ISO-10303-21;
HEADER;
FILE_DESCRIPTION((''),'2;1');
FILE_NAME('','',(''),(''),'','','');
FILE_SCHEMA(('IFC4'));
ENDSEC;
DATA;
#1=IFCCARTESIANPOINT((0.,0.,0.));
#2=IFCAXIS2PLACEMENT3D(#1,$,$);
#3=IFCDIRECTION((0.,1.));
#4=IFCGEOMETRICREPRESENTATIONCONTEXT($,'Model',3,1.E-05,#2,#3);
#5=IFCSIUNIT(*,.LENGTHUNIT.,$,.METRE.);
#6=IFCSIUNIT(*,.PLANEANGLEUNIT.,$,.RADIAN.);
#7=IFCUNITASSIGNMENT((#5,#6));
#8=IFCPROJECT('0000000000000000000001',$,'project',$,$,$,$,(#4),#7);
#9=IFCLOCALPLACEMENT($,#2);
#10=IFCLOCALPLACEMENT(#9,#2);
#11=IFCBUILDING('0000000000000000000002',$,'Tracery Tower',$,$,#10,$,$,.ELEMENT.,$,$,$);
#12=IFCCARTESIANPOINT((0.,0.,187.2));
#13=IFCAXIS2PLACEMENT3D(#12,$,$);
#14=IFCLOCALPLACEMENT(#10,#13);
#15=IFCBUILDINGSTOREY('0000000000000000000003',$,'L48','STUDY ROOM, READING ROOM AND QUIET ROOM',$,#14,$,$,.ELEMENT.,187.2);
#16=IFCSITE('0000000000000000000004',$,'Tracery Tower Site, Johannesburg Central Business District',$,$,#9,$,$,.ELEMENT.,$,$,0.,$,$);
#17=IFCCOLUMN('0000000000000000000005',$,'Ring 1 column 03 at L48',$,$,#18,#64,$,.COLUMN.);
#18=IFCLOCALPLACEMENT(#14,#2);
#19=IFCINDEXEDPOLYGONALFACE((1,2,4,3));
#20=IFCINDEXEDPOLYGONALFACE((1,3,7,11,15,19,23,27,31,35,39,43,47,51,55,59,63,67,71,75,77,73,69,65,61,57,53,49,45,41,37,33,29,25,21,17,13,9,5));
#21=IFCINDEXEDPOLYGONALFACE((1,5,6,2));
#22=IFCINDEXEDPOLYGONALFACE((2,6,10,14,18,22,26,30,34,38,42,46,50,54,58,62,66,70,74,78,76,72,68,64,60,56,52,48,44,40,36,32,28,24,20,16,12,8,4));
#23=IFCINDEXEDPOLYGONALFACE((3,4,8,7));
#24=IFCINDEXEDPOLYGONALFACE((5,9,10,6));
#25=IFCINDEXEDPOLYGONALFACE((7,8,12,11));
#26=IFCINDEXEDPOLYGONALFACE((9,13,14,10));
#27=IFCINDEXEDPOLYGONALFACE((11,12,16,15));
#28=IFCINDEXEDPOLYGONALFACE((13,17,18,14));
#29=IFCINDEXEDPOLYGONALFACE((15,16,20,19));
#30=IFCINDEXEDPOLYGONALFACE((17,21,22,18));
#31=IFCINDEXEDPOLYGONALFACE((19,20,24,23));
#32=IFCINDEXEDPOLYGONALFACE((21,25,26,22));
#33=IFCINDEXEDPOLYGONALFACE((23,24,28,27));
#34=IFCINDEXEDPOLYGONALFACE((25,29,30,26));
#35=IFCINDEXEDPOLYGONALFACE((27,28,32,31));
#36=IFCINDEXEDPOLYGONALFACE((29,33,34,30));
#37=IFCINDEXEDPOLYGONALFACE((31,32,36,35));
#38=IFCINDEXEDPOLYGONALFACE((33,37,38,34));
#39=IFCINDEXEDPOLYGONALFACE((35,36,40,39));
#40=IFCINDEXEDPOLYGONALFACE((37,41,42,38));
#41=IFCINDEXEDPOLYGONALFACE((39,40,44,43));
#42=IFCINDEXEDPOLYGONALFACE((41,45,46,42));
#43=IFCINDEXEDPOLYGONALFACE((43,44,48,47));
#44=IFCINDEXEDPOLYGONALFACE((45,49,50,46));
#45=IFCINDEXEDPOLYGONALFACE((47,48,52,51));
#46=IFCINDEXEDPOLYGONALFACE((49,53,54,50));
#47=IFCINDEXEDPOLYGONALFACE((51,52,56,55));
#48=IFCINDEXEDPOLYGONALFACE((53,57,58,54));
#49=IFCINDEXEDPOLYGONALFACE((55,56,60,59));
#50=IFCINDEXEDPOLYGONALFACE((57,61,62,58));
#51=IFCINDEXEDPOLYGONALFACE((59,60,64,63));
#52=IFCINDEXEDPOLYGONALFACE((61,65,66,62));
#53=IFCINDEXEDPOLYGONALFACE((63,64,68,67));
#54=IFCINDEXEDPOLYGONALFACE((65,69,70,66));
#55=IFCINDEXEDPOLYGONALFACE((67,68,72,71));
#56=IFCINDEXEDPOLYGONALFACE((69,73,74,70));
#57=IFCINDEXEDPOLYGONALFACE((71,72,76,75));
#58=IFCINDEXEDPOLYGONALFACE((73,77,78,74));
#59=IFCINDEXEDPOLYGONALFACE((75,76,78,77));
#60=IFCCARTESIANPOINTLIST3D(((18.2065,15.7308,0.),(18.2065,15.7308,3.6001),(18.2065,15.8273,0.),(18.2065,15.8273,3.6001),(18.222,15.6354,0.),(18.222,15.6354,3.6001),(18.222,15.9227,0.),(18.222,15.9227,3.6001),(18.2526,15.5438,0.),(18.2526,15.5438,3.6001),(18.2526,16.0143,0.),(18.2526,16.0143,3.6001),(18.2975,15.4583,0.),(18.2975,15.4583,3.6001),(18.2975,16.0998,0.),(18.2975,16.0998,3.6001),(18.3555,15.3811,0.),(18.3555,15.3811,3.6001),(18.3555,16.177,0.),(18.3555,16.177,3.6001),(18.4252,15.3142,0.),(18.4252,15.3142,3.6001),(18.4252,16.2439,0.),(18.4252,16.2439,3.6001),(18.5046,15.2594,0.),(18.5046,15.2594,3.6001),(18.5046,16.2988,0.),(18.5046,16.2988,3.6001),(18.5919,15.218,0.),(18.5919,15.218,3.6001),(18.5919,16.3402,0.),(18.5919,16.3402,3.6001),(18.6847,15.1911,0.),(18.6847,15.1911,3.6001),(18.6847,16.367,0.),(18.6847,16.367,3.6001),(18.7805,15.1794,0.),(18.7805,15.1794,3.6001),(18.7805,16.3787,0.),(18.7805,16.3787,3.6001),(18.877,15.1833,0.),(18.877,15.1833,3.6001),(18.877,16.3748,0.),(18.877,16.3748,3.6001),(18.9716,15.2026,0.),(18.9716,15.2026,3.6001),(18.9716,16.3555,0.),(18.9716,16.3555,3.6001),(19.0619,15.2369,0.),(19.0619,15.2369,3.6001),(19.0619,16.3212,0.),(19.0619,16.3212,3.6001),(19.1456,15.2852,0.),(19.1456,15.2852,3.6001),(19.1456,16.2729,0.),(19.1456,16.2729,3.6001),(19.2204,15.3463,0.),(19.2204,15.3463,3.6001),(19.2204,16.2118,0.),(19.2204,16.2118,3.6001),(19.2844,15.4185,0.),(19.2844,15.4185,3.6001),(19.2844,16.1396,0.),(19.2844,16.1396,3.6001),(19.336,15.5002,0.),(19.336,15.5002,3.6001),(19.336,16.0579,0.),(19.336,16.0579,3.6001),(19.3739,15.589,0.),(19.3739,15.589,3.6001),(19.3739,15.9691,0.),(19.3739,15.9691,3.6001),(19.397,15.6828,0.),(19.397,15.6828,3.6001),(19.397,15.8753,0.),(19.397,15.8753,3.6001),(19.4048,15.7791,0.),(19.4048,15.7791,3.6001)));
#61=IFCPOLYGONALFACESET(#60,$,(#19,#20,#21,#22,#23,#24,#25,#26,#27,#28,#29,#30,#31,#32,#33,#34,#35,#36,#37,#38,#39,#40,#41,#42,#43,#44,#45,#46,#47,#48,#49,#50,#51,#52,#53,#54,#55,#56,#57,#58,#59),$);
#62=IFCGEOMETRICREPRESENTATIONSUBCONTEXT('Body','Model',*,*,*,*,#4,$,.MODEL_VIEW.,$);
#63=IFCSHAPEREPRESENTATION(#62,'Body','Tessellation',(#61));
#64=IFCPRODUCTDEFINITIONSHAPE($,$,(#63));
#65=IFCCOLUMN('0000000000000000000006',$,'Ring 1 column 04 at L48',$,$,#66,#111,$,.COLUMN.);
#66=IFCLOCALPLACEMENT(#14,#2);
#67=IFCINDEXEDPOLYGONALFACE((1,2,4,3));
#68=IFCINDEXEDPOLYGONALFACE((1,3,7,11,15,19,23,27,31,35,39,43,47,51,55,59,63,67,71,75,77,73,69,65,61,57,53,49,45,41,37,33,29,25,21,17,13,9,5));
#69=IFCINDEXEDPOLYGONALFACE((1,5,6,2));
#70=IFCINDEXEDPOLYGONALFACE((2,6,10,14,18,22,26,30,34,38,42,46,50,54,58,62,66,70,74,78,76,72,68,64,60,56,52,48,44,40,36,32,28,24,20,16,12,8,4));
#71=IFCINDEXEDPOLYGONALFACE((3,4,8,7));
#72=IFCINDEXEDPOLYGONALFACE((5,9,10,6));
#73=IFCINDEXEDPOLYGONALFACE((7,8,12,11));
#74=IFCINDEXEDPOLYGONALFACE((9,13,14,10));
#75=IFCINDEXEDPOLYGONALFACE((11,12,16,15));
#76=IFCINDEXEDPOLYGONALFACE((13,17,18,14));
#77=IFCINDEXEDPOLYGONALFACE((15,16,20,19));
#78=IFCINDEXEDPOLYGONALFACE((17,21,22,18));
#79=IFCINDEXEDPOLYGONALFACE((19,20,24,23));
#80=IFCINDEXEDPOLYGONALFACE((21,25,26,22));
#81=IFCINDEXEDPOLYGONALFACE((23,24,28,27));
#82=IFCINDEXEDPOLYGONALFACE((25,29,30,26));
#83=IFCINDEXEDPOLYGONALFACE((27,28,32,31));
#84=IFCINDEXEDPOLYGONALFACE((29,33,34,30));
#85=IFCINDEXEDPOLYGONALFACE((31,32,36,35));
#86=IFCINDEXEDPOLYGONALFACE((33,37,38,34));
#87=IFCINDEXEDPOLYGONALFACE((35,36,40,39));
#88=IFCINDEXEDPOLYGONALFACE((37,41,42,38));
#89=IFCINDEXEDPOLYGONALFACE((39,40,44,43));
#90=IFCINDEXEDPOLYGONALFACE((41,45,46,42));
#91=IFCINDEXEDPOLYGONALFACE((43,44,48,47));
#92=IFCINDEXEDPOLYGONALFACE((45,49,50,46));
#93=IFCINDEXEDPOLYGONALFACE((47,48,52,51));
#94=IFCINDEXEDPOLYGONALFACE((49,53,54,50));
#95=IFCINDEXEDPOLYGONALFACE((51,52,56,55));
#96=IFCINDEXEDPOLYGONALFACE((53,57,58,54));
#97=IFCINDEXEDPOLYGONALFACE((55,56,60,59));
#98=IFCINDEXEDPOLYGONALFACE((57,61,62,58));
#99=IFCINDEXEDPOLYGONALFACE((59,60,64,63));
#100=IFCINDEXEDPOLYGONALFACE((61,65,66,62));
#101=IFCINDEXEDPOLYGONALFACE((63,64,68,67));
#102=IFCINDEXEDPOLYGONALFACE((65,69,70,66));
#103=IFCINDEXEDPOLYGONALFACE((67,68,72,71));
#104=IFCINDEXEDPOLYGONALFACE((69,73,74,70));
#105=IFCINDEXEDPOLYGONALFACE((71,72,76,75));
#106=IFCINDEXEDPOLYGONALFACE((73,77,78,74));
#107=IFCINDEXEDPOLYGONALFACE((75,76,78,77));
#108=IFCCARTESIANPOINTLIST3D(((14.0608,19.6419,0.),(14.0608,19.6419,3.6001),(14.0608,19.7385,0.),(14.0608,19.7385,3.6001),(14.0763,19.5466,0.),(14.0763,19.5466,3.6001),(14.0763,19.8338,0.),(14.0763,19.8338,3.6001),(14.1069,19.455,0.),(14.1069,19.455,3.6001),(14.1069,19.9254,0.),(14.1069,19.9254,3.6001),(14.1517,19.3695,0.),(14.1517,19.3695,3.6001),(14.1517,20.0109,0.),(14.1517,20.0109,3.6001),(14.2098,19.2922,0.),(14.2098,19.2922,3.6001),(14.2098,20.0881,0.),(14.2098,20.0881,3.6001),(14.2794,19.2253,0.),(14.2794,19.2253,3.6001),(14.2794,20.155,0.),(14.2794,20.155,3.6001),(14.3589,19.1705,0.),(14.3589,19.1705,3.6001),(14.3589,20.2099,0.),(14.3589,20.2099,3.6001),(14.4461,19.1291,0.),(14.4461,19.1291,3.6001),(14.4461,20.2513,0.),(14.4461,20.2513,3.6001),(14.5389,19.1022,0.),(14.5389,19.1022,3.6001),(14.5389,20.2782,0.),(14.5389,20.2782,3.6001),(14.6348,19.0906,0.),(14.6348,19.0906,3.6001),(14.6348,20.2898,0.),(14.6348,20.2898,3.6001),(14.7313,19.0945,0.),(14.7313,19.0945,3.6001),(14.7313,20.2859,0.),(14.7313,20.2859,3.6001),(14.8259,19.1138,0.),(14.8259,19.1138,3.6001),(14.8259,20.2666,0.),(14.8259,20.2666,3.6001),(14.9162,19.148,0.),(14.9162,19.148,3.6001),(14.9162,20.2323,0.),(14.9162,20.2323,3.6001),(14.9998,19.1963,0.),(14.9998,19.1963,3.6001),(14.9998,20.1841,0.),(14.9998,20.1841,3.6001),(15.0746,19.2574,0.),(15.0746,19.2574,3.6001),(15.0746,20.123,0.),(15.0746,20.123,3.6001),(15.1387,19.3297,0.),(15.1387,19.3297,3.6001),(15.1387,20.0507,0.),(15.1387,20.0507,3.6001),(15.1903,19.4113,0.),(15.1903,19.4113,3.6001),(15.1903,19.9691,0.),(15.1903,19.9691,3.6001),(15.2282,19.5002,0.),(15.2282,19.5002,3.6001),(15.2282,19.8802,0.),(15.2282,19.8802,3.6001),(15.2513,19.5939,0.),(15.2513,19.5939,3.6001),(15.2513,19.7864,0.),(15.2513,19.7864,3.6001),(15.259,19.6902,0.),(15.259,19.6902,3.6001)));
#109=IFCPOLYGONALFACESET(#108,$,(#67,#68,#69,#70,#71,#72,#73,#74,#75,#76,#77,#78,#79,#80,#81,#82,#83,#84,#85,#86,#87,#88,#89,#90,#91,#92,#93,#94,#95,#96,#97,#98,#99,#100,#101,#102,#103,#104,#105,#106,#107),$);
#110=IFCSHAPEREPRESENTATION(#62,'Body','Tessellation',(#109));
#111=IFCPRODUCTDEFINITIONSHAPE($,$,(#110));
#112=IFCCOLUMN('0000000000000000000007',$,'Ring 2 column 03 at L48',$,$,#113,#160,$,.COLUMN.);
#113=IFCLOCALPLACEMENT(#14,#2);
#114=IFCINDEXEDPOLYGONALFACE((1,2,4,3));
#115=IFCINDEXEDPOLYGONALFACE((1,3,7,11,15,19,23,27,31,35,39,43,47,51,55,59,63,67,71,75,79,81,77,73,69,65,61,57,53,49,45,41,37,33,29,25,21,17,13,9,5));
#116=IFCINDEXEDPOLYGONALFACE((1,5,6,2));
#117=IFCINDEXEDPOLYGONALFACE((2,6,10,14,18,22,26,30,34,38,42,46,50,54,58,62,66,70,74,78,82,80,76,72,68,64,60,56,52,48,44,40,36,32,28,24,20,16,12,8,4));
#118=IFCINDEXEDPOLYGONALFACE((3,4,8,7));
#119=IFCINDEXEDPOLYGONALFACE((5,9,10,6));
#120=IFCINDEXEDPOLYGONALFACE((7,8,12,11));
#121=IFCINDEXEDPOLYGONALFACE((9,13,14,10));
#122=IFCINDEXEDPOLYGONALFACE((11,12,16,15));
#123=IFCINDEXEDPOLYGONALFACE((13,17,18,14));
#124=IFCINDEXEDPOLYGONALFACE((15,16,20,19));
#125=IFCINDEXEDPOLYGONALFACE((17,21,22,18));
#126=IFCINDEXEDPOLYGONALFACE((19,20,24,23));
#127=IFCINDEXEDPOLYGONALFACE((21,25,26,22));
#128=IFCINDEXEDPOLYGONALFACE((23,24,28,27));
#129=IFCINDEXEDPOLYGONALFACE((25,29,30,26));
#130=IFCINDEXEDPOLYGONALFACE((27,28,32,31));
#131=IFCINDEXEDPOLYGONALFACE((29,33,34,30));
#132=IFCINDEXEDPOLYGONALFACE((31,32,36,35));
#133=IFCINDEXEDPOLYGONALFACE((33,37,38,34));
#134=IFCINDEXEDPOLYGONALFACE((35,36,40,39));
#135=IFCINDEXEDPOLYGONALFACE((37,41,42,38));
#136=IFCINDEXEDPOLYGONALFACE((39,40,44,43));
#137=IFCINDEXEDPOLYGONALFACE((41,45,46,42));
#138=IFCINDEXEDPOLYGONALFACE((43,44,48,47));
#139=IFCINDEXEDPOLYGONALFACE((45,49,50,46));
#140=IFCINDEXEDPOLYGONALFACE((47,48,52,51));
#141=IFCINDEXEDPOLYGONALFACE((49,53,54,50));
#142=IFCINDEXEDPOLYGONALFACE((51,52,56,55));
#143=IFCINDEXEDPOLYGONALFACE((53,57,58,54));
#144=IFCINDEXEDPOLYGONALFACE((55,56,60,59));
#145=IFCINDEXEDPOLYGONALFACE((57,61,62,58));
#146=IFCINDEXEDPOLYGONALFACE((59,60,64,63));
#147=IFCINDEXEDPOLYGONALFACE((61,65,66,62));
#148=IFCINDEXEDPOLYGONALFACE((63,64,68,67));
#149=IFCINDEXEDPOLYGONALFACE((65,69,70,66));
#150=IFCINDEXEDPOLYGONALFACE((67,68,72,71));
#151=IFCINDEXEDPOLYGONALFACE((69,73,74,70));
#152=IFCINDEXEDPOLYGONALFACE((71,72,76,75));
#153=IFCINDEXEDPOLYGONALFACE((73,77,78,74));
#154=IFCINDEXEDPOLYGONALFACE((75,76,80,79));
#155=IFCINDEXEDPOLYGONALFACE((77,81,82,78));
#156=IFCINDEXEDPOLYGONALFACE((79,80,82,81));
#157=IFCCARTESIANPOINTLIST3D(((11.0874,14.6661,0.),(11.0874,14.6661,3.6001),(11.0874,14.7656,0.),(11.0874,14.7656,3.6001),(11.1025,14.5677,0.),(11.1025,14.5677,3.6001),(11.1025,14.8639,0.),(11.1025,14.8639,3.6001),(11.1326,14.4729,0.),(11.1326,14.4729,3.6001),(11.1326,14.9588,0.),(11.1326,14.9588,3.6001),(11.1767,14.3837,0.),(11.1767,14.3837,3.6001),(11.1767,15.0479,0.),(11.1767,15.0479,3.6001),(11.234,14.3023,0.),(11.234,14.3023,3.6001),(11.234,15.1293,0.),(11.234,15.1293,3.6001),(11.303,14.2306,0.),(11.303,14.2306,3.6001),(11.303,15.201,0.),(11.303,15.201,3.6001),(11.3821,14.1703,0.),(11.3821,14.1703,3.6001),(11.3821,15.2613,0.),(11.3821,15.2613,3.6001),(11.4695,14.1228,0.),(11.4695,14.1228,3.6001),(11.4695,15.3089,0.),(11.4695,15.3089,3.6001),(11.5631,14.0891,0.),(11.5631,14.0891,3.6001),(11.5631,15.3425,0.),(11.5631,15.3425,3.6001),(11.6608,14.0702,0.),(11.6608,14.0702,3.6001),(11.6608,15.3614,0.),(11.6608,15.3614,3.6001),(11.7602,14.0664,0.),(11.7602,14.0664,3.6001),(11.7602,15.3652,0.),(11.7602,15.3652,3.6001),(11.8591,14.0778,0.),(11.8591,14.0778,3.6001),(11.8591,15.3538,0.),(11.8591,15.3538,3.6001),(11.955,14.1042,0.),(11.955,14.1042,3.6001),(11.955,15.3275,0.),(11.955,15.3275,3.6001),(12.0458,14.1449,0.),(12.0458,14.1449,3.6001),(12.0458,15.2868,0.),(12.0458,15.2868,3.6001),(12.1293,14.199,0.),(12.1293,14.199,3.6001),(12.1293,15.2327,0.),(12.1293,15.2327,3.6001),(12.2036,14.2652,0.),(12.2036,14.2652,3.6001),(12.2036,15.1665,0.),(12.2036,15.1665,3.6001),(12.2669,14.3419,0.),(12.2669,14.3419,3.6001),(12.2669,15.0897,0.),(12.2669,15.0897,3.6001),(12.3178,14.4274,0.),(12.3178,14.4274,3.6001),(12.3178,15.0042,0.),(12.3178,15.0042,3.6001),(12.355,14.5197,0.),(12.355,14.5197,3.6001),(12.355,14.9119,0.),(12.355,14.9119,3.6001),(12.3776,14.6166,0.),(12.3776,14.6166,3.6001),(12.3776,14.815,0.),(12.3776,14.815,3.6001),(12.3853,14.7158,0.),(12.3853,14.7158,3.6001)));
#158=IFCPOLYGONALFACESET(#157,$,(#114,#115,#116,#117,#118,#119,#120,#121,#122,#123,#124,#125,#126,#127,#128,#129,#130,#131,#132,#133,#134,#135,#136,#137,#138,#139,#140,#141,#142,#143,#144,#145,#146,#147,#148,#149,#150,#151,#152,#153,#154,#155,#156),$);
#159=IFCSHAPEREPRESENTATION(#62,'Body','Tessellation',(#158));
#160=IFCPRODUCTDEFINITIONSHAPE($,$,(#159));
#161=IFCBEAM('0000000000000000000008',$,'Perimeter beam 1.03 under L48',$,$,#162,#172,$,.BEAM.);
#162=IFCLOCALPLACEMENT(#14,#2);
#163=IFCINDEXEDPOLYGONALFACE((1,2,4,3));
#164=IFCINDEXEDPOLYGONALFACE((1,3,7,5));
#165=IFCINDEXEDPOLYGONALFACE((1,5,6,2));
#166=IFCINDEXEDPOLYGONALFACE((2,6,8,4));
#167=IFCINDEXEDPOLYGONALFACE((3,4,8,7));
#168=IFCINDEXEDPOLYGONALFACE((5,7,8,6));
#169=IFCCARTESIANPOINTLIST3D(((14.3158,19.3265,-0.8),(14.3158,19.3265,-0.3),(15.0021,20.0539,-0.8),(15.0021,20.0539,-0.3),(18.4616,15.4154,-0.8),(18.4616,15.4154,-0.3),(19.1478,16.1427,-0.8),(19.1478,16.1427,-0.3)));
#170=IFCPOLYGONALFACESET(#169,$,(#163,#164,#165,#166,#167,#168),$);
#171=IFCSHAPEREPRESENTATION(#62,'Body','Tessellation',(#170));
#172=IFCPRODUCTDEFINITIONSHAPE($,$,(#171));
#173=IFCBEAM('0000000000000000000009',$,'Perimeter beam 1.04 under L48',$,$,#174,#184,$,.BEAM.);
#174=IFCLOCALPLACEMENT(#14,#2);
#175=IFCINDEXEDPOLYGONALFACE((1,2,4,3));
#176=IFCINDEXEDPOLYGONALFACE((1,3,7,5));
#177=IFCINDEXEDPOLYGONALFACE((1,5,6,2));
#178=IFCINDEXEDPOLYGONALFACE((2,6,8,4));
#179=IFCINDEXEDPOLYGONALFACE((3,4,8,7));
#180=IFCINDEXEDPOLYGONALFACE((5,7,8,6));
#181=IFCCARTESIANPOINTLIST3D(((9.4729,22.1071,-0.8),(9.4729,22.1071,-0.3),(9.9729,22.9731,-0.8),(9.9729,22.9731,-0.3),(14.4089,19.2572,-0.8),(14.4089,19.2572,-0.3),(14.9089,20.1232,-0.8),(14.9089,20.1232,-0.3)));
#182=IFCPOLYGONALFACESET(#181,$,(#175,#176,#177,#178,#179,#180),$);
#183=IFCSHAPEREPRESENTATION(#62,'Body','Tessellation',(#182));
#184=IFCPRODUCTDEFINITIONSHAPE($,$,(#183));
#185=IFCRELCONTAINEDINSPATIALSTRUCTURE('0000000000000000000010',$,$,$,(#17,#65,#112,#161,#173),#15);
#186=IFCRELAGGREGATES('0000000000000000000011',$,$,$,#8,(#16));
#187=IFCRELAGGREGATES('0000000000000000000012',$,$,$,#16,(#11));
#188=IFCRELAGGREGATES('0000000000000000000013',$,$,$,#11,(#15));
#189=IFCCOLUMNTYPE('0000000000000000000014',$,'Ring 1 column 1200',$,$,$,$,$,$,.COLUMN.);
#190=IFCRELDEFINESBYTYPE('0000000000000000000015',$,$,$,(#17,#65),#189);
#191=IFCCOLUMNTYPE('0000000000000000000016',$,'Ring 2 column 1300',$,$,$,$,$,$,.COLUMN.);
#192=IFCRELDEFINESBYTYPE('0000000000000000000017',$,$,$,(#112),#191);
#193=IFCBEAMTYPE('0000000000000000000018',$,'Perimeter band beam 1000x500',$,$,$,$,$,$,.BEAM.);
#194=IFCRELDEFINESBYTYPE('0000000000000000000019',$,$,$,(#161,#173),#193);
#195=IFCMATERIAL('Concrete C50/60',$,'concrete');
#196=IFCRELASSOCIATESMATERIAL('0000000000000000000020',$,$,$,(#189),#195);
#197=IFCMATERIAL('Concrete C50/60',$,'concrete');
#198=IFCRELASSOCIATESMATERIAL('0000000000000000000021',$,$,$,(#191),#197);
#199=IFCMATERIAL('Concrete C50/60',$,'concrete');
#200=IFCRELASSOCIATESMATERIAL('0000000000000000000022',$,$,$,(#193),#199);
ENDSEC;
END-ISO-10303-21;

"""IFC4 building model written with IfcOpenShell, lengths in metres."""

from ifc_helpers import new_model, si_unit, direction, frame, origin, origin_2d, place, context, subcontext, project, spatial, rectangle, circle, extrude, material, material_profile, profile_set, type_object, element, save


model = new_model("IFC4")

# Units and contexts
model_context = context("Model", 3, precision=1e-05, world=origin(), true_north=direction((0.0, 1.0)))
body_context = subcontext(model_context, "Body", "Model", "MODEL_VIEW")
ifc_project = project(units=[si_unit("LENGTHUNIT", "METRE"), si_unit("PLANEANGLEUNIT", "RADIAN")], contexts=[model_context])

# Site, building, storey
site_placement = place(None, origin())
site = spatial("IfcSite", under=ifc_project, at=site_placement, Name="Tracery Tower Site, Johannesburg Central Business District", CompositionType="ELEMENT", RefElevation=0.0)
building_placement = place(site_placement, origin())
building = spatial("IfcBuilding", under=site, at=building_placement, Name="Tracery Tower", CompositionType="ELEMENT")
storey_placement = place(building_placement, frame((0.0, 0.0, 187.2)))
storey = spatial("IfcBuildingStorey", under=building, at=storey_placement, Name="L48", Description="STUDY ROOM, READING ROOM AND QUIET ROOM", CompositionType="ELEMENT", Elevation=187.2)

# Columns
ifc_material_1 = material(Name="Concrete C50/60", Category="concrete")
ifc_material_profile_1 = material_profile(ifc_material_1, circle(Radius=0.6001, at=origin_2d()), Name="RC D1200")
ifc_profile_set_1 = profile_set([ifc_material_profile_1], Name="Concrete C50/60")
column_type_1 = type_object("IfcColumnType", Name="Ring 1 column 1200", PredefinedType="COLUMN", material=ifc_profile_set_1)
for number, where, z_axis, x_axis, name in (
    (1, (18.8047, 15.7791, 0.0), (0.0, 0.0, 1.0), (1.0, 0.0, 0.0), "Ring 1 column 03 at L48"),
    (2, (14.6589, 19.6902, 0.0), (0.0, 0.0, 1.0), (1.0, 0.0, 0.0), "Ring 1 column 04 at L48"),
):
    element("IfcColumn", number, at=place(storey_placement, frame(where, z_axis=z_axis, x_axis=x_axis)), inside=storey, type_object=column_type_1, Name=name, PredefinedType="COLUMN", context=body_context, shape_type="SweptSolid", body=[
        extrude(circle(Radius=0.6001, at=origin_2d()), origin(), (0.0, 0.0, 1.0), 3.6001),
    ])
ifc_material_2 = material(Name="Concrete C50/60", Category="concrete")
ifc_material_profile_2 = material_profile(ifc_material_2, circle(Radius=0.6499, at=origin_2d()), Name="RC D1300")
ifc_profile_set_2 = profile_set([ifc_material_profile_2], Name="Concrete C50/60")
column_type_2 = type_object("IfcColumnType", Name="Ring 2 column 1300", PredefinedType="COLUMN", material=ifc_profile_set_2)
column_placement = place(storey_placement, frame((11.7354, 14.7158, 0.0), z_axis=(0.0, 0.0, 1.0), x_axis=(1.0, 0.0, 0.0)))
element("IfcColumn", 3, at=column_placement, inside=storey, type_object=column_type_2, Name="Ring 2 column 03 at L48", PredefinedType="COLUMN", context=body_context, shape_type="SweptSolid", body=[
    extrude(circle(Radius=0.6499, at=origin_2d()), origin(), (0.0, 0.0, 1.0), 3.6001),
])

# Beams
ifc_material_3 = material(Name="Concrete C50/60", Category="concrete")
ifc_material_profile_3 = material_profile(ifc_material_3, rectangle(XDim=1.0, YDim=0.5, at=origin_2d()), Name="RC 1000x500")
ifc_profile_set_3 = profile_set([ifc_material_profile_3], Name="Concrete C50/60")
beam_type = type_object("IfcBeamType", Name="Perimeter band beam 1000x500", PredefinedType="BEAM", material=ifc_profile_set_3)
beam_1_placement = place(storey_placement, frame((18.8047, 15.7791, -0.55), z_axis=(-0.72739, 0.686225, 0.0), x_axis=(-0.686225, -0.72739, 0.0)))
element("IfcBeam", 4, at=beam_1_placement, inside=storey, type_object=beam_type, Name="Perimeter beam 1.03 under L48", PredefinedType="BEAM", context=body_context, shape_type="SweptSolid", body=[
    extrude(rectangle(XDim=1.0, YDim=0.5, at=origin_2d()), origin(), (0.0, 0.0, 1.0), 5.6995),
])
beam_2_placement = place(storey_placement, frame((14.6589, 19.6902, -0.55), z_axis=(-0.866023, 0.500004, 0.0), x_axis=(-0.500004, -0.866023, 0.0)))
element("IfcBeam", 5, at=beam_2_placement, inside=storey, type_object=beam_type, Name="Perimeter beam 1.04 under L48", PredefinedType="BEAM", context=body_context, shape_type="SweptSolid", body=[
    extrude(rectangle(XDim=1.0, YDim=0.5, at=origin_2d()), origin(), (0.0, 0.0, 1.0), 5.6997),
])

save(model, "model.ifc")
